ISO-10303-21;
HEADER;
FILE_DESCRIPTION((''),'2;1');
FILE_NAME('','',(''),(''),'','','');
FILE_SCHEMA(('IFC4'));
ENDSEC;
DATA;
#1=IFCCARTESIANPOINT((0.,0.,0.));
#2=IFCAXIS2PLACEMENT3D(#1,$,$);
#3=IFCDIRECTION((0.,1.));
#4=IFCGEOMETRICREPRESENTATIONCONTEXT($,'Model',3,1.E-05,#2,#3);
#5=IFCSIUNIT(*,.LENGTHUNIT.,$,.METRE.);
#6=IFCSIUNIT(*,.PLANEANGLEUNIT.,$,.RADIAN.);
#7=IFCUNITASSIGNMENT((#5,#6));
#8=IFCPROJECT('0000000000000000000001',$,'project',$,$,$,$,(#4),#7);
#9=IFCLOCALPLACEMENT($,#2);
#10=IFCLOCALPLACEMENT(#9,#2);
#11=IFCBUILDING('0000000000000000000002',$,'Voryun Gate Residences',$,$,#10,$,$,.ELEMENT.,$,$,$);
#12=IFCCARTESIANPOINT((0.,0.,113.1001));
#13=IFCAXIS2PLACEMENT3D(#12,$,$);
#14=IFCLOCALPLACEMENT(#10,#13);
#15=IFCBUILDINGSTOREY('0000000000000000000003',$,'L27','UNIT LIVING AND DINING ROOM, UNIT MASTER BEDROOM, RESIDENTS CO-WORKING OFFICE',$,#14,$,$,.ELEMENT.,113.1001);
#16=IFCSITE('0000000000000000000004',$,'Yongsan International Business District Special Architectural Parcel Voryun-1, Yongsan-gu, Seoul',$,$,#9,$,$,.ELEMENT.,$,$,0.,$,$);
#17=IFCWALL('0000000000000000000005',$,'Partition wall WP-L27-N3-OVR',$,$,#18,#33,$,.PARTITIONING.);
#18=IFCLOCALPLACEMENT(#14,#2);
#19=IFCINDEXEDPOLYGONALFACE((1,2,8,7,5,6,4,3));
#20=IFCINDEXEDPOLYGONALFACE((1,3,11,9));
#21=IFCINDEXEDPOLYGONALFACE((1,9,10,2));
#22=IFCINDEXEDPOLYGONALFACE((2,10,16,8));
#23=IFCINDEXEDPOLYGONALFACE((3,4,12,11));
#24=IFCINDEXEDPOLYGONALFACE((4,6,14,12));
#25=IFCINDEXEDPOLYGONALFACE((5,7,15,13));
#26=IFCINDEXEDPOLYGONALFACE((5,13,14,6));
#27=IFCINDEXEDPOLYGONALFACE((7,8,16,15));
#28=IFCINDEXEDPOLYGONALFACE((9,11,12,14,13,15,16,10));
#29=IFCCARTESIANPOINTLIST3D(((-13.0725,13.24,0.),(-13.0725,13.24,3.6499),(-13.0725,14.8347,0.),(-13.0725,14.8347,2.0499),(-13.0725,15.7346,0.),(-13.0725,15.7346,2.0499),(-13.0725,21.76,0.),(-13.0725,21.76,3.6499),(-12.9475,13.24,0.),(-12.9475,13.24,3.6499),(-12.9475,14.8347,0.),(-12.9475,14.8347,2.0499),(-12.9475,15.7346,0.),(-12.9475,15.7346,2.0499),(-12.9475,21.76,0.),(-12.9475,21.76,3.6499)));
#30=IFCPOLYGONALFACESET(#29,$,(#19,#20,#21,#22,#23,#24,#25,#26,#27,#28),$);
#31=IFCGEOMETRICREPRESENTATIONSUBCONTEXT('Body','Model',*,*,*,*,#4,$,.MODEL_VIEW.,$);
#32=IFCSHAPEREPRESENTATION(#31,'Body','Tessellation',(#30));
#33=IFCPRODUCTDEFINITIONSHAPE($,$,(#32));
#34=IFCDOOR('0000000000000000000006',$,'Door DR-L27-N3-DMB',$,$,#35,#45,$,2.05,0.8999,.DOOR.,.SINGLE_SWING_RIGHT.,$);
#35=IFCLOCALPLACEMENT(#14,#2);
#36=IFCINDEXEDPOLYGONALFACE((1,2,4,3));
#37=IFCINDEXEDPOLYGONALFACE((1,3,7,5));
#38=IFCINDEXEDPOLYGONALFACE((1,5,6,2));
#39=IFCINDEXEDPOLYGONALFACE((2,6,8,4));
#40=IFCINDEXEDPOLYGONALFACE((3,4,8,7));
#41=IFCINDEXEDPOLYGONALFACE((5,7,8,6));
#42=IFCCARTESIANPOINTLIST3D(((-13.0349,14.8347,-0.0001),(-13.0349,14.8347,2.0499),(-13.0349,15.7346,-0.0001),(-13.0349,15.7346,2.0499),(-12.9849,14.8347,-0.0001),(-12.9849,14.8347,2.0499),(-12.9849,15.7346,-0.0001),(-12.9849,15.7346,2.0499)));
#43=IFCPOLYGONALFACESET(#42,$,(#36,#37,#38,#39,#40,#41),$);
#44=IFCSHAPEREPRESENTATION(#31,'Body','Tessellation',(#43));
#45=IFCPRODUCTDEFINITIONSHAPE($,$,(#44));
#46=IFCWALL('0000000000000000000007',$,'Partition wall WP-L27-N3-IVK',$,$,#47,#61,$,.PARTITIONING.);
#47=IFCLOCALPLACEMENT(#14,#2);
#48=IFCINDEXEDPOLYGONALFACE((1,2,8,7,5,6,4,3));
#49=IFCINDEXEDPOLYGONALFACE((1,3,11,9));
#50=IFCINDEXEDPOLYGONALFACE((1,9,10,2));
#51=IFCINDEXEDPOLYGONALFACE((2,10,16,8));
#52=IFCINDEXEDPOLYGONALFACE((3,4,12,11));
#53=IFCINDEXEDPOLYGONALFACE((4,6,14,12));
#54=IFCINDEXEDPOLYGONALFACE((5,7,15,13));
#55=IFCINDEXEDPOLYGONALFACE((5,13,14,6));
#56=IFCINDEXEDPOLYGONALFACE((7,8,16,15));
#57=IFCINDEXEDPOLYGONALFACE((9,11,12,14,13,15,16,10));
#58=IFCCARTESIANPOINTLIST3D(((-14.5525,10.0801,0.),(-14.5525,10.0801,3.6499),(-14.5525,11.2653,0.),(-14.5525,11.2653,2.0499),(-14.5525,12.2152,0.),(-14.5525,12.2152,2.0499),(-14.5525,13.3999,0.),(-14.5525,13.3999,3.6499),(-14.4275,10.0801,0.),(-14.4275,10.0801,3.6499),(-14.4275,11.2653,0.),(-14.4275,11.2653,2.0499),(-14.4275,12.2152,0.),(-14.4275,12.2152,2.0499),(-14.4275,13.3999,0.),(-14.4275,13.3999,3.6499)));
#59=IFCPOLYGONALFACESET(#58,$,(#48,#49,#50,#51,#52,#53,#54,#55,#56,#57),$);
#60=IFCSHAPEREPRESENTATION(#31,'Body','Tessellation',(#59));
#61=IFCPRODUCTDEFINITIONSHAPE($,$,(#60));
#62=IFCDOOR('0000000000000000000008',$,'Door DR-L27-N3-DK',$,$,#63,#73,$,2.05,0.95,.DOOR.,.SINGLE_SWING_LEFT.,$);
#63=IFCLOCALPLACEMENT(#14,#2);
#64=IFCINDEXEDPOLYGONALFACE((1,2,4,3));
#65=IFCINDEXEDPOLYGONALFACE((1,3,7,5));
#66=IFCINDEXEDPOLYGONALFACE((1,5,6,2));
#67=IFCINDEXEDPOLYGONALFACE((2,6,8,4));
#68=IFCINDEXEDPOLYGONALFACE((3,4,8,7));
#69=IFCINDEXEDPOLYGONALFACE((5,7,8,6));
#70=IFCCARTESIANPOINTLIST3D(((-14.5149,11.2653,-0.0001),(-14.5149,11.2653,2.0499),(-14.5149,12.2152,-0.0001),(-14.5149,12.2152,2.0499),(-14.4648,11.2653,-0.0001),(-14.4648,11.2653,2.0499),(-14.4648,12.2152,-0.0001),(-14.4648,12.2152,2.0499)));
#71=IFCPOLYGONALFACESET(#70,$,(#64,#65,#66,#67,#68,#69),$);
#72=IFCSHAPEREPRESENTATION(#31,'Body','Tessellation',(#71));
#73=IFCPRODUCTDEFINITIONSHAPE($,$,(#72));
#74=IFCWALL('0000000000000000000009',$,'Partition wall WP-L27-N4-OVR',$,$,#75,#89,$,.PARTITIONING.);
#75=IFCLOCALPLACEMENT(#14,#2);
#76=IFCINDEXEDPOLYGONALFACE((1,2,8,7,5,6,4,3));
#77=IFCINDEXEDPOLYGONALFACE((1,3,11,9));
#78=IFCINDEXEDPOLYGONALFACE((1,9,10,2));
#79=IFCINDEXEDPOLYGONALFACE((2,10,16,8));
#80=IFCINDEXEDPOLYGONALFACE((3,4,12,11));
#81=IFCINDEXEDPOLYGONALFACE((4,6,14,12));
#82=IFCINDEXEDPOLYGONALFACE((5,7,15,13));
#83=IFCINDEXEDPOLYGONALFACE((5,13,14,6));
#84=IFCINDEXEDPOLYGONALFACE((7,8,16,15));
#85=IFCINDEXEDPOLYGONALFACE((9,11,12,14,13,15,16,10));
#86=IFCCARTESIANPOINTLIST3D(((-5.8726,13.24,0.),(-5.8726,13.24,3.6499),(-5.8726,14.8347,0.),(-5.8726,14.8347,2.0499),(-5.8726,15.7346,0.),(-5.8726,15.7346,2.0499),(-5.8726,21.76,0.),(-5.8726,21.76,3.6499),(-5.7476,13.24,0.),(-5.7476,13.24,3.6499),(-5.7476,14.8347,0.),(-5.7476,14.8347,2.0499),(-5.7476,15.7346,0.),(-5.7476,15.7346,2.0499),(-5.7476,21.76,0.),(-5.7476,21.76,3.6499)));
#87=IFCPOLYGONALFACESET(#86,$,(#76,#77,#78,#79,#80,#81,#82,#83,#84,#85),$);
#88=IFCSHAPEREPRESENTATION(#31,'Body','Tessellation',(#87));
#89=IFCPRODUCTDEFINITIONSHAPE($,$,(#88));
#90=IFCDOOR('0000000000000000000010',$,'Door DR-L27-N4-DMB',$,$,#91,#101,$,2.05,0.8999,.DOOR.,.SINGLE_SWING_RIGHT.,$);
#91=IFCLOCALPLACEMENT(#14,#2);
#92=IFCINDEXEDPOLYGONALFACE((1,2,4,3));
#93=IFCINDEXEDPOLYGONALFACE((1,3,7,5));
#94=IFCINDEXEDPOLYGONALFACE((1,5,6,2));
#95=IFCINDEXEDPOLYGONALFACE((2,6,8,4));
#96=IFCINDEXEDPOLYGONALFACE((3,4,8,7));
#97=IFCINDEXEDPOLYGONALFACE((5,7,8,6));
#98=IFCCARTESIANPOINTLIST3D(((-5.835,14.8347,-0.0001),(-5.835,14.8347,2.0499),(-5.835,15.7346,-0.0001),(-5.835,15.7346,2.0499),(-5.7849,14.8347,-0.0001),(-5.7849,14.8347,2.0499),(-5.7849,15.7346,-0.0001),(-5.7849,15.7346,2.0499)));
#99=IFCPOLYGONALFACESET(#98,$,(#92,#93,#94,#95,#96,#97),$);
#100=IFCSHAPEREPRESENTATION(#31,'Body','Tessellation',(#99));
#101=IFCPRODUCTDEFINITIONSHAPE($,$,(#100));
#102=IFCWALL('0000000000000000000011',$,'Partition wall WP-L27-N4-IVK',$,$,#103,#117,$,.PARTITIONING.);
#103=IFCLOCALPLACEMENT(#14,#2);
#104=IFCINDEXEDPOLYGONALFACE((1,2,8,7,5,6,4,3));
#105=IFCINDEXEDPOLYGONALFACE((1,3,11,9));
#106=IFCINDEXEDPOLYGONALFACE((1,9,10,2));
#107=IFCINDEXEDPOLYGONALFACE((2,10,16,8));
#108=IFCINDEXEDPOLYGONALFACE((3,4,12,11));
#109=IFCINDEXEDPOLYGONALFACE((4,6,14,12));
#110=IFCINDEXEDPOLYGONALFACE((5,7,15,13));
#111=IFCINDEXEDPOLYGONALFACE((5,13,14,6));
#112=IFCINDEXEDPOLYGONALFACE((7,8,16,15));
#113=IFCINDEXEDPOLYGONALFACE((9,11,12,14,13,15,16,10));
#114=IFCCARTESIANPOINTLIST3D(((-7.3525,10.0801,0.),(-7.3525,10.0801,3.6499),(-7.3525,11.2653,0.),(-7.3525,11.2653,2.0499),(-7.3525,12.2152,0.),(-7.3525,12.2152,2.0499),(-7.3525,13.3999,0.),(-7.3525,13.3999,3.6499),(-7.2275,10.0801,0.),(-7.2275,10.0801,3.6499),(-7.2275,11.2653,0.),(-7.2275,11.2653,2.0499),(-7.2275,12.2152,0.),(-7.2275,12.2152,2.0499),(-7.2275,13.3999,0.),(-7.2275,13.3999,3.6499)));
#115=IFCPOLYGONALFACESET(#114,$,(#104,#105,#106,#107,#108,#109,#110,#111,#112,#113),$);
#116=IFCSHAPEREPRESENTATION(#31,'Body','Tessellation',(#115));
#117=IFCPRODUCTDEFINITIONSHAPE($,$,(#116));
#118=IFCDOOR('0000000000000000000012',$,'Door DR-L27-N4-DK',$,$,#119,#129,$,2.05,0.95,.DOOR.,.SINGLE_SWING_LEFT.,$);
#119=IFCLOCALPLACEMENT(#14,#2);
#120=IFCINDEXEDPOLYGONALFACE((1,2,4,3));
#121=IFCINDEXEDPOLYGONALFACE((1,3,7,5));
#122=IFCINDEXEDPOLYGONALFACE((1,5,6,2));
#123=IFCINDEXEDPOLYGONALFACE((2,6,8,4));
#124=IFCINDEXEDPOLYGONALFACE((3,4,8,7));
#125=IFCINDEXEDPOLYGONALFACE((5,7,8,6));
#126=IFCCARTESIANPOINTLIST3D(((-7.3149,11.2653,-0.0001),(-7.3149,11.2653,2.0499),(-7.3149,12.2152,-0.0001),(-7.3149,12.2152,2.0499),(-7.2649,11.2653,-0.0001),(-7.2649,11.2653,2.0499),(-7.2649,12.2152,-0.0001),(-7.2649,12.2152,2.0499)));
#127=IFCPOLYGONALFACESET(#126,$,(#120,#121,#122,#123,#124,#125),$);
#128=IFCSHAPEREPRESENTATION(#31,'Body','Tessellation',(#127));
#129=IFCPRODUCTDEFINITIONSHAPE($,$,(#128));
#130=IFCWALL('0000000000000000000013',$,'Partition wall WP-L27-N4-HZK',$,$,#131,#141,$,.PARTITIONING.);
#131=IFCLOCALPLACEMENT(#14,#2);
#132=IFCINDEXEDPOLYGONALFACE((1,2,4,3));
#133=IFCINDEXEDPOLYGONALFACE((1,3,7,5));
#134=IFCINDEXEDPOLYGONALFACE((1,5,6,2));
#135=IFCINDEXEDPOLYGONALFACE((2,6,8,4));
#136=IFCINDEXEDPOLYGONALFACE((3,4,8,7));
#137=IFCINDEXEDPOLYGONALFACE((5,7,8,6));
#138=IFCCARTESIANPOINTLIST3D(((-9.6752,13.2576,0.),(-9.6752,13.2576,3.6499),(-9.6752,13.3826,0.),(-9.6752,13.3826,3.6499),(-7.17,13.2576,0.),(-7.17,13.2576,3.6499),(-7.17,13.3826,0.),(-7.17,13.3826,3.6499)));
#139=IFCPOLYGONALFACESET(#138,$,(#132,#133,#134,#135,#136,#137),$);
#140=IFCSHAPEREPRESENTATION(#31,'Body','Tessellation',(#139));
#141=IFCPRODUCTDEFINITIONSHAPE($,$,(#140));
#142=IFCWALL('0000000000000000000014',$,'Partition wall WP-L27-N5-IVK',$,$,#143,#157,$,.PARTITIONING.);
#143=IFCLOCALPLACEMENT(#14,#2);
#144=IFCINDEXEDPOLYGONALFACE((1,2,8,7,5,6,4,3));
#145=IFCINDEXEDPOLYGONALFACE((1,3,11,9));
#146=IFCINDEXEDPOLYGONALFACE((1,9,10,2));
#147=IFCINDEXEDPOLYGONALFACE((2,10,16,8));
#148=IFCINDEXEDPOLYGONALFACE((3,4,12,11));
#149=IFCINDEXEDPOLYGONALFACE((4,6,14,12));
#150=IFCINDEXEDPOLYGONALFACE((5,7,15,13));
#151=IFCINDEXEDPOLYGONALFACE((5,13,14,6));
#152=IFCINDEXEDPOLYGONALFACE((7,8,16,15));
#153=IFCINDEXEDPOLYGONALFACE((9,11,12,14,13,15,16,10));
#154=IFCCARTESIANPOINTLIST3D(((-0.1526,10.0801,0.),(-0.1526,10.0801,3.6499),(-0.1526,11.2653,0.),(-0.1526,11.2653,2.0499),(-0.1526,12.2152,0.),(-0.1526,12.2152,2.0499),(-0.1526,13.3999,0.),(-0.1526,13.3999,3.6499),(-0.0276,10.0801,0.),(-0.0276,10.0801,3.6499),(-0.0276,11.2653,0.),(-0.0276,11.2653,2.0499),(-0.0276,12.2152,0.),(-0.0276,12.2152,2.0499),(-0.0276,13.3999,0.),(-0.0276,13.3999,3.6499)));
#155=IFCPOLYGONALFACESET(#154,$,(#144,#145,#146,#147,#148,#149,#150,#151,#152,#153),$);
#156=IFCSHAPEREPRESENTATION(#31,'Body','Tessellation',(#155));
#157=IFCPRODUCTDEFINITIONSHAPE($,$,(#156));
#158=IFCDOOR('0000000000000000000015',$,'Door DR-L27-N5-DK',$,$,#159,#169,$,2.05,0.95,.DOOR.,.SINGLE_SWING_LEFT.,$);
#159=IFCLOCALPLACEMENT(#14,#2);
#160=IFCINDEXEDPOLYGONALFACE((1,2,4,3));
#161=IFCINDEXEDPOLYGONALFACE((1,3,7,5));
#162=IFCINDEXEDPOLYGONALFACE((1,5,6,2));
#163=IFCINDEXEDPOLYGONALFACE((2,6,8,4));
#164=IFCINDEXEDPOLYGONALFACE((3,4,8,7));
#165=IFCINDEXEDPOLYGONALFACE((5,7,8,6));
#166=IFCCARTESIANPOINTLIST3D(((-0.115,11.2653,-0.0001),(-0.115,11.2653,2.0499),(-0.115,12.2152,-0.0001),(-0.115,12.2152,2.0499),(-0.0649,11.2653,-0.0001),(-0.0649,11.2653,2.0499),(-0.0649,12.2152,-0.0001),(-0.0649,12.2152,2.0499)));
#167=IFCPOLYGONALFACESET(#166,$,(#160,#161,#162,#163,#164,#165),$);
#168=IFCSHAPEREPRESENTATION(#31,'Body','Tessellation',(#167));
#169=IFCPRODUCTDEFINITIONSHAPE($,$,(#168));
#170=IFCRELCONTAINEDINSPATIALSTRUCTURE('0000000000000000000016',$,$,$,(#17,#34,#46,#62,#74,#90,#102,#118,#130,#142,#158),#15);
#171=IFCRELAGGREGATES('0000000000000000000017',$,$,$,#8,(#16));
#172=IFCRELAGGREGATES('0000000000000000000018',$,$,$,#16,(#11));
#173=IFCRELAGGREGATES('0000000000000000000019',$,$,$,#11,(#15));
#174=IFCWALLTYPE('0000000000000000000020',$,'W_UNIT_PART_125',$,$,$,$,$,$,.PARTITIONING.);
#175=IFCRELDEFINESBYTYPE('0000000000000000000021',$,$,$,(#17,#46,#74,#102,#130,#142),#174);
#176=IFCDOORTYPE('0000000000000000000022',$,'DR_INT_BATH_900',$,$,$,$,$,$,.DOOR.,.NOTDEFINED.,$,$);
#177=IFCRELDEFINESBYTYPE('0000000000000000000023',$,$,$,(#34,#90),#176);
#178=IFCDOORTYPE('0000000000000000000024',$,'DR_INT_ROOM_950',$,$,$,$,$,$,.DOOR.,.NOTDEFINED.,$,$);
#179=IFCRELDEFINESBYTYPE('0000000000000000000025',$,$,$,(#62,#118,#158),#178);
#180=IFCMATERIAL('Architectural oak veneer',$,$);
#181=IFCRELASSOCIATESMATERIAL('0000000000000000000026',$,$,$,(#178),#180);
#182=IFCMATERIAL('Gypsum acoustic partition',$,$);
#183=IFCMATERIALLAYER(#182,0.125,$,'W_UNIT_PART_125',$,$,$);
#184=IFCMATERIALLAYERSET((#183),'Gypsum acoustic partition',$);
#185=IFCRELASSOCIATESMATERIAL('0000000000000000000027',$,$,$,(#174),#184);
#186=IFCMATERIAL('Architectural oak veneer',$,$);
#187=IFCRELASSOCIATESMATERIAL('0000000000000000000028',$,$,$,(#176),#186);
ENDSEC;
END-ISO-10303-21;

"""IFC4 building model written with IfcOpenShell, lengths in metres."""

from ifc_helpers import new_model, si_unit, direction, frame, frame_2d, origin, place, context, subcontext, project, spatial, rectangle, extrude, material, layer, layer_set, type_object, element, fill, save


model = new_model("IFC4")

# Units and contexts
model_context = context("Model", 3, precision=1e-05, world=origin(), true_north=direction((0.0, 1.0)))
body_context = subcontext(model_context, "Body", "Model", "MODEL_VIEW")
ifc_project = project(units=[si_unit("LENGTHUNIT", "METRE"), si_unit("PLANEANGLEUNIT", "RADIAN")], contexts=[model_context])

# Site, building, storey
site_placement = place(None, origin())
site = spatial("IfcSite", under=ifc_project, at=site_placement, Name="Yongsan International Business District Special Architectural Parcel Voryun-1, Yongsan-gu, Seoul", CompositionType="ELEMENT", RefElevation=0.0)
building_placement = place(site_placement, origin())
building = spatial("IfcBuilding", under=site, at=building_placement, Name="Voryun Gate Residences", CompositionType="ELEMENT")
storey_placement = place(building_placement, frame((0.0, 0.0, 113.1001)))
storey = spatial("IfcBuildingStorey", under=building, at=storey_placement, Name="L27", Description="UNIT LIVING AND DINING ROOM, UNIT MASTER BEDROOM, RESIDENTS CO-WORKING OFFICE", CompositionType="ELEMENT", Elevation=113.1001)

# Shared definitions
ifc_material_1 = material(Name="Architectural oak veneer")
door_type_1 = type_object("IfcDoorType", Name="DR_INT_ROOM_950", OperationType="NOTDEFINED", PredefinedType="DOOR", material=ifc_material_1)

# Walls, openings, doors
ifc_material_2 = material(Name="Gypsum acoustic partition")
ifc_layer_1 = layer(ifc_material_2, 0.125, Name="W_UNIT_PART_125")
ifc_layer_set_1 = layer_set([ifc_layer_1], Name="Gypsum acoustic partition")
wall_type_1 = type_object("IfcWallType", Name="W_UNIT_PART_125", PredefinedType="PARTITIONING", material=ifc_layer_set_1)
wall_1_placement = place(storey_placement, frame((-13.01, 13.24, 0.0), z_axis=(0.0, 0.0, 1.0), x_axis=(0.0, 1.0, 0.0)))
wall_1 = element("IfcWall", 1, at=wall_1_placement, inside=storey, type_object=wall_type_1, Name="Partition wall WP-L27-N3-OVR", PredefinedType="PARTITIONING", context=body_context, shape_type="SweptSolid", body=[
    extrude(rectangle(XDim=8.52, YDim=0.125, at=frame_2d((4.26, 0.0))), origin(), (0.0, 0.0, 1.0), 3.6499),
])
opening_1_placement = place(wall_1_placement, frame((1.5947, 0.0, 0.0)))
opening_1 = element("IfcOpeningElement", 2, at=opening_1_placement, cuts=wall_1, PredefinedType="OPENING", context=body_context, shape_type="SweptSolid", body=[
    extrude(rectangle(XDim=0.8999, YDim=2.05, at=frame_2d((0.45, 1.0249))), frame((0.0, 0.0725, 0.0), z_axis=(0.0, -1.0, 0.0), x_axis=(1.0, 0.0, 0.0)), (0.0, 0.0, 1.0), 0.145),
])
ifc_material_3 = material(Name="Architectural oak veneer")
door_type_2 = type_object("IfcDoorType", Name="DR_INT_BATH_900", OperationType="NOTDEFINED", PredefinedType="DOOR", material=ifc_material_3)
door_1_placement = place(opening_1_placement, origin())
door_1 = element("IfcDoor", 3, at=door_1_placement, inside=storey, type_object=door_type_2, Name="Door DR-L27-N3-DMB", OperationType="SINGLE_SWING_RIGHT", OverallHeight=2.05, OverallWidth=0.8999, PredefinedType="DOOR", context=body_context, shape_type="SweptSolid", body=[
    extrude(rectangle(XDim=0.8999, YDim=2.05, at=frame_2d((0.45, 1.0249))), frame((0.0, 0.0249, 0.0), z_axis=(0.0, -1.0, 0.0), x_axis=(1.0, 0.0, 0.0)), (0.0, 0.0, 1.0), 0.05),
])
fill(opening_1, door_1)
wall_2_placement = place(storey_placement, frame((-14.49, 10.0801, 0.0), z_axis=(0.0, 0.0, 1.0), x_axis=(0.0, 1.0, 0.0)))
wall_2 = element("IfcWall", 4, at=wall_2_placement, inside=storey, type_object=wall_type_1, Name="Partition wall WP-L27-N3-IVK", PredefinedType="PARTITIONING", context=body_context, shape_type="SweptSolid", body=[
    extrude(rectangle(XDim=3.3198, YDim=0.125, at=frame_2d((1.6599, 0.0))), origin(), (0.0, 0.0, 1.0), 3.6499),
])
opening_2_placement = place(wall_2_placement, frame((1.1851, 0.0, 0.0)))
opening_2 = element("IfcOpeningElement", 5, at=opening_2_placement, cuts=wall_2, PredefinedType="OPENING", context=body_context, shape_type="SweptSolid", body=[
    extrude(rectangle(XDim=0.95, YDim=2.05, at=frame_2d((0.4751, 1.0249))), frame((0.0, 0.0725, 0.0), z_axis=(0.0, -1.0, 0.0), x_axis=(1.0, 0.0, 0.0)), (0.0, 0.0, 1.0), 0.145),
])
door_2_placement = place(opening_2_placement, origin())
door_2 = element("IfcDoor", 6, at=door_2_placement, inside=storey, type_object=door_type_1, Name="Door DR-L27-N3-DK", OperationType="SINGLE_SWING_LEFT", OverallHeight=2.05, OverallWidth=0.95, PredefinedType="DOOR", context=body_context, shape_type="SweptSolid", body=[
    extrude(rectangle(XDim=0.95, YDim=2.05, at=frame_2d((0.4751, 1.0249))), frame((0.0, 0.0249, 0.0), z_axis=(0.0, -1.0, 0.0), x_axis=(1.0, 0.0, 0.0)), (0.0, 0.0, 1.0), 0.05),
])
fill(opening_2, door_2)
wall_3_placement = place(storey_placement, frame((-5.8101, 13.24, 0.0), z_axis=(0.0, 0.0, 1.0), x_axis=(0.0, 1.0, 0.0)))
wall_3 = element("IfcWall", 7, at=wall_3_placement, inside=storey, type_object=wall_type_1, Name="Partition wall WP-L27-N4-OVR", PredefinedType="PARTITIONING", context=body_context, shape_type="SweptSolid", body=[
    extrude(rectangle(XDim=8.52, YDim=0.125, at=frame_2d((4.26, 0.0))), origin(), (0.0, 0.0, 1.0), 3.6499),
])
opening_3_placement = place(wall_3_placement, frame((1.5947, 0.0, 0.0)))
opening_3 = element("IfcOpeningElement", 8, at=opening_3_placement, cuts=wall_3, PredefinedType="OPENING", context=body_context, shape_type="SweptSolid", body=[
    extrude(rectangle(XDim=0.8999, YDim=2.05, at=frame_2d((0.45, 1.0249))), frame((0.0, 0.0725, 0.0), z_axis=(0.0, -1.0, 0.0), x_axis=(1.0, 0.0, 0.0)), (0.0, 0.0, 1.0), 0.145),
])
door_3_placement = place(opening_3_placement, origin())
door_3 = element("IfcDoor", 9, at=door_3_placement, inside=storey, type_object=door_type_2, Name="Door DR-L27-N4-DMB", OperationType="SINGLE_SWING_RIGHT", OverallHeight=2.05, OverallWidth=0.8999, PredefinedType="DOOR", context=body_context, shape_type="SweptSolid", body=[
    extrude(rectangle(XDim=0.8999, YDim=2.05, at=frame_2d((0.45, 1.0249))), frame((0.0, 0.0249, 0.0), z_axis=(0.0, -1.0, 0.0), x_axis=(1.0, 0.0, 0.0)), (0.0, 0.0, 1.0), 0.05),
])
fill(opening_3, door_3)
wall_4_placement = place(storey_placement, frame((-7.29, 10.0801, 0.0), z_axis=(0.0, 0.0, 1.0), x_axis=(0.0, 1.0, 0.0)))
wall_4 = element("IfcWall", 10, at=wall_4_placement, inside=storey, type_object=wall_type_1, Name="Partition wall WP-L27-N4-IVK", PredefinedType="PARTITIONING", context=body_context, shape_type="SweptSolid", body=[
    extrude(rectangle(XDim=3.3198, YDim=0.125, at=frame_2d((1.6599, 0.0))), origin(), (0.0, 0.0, 1.0), 3.6499),
])
opening_4_placement = place(wall_4_placement, frame((1.1851, 0.0, 0.0)))
opening_4 = element("IfcOpeningElement", 11, at=opening_4_placement, cuts=wall_4, PredefinedType="OPENING", context=body_context, shape_type="SweptSolid", body=[
    extrude(rectangle(XDim=0.95, YDim=2.05, at=frame_2d((0.4751, 1.0249))), frame((0.0, 0.0725, 0.0), z_axis=(0.0, -1.0, 0.0), x_axis=(1.0, 0.0, 0.0)), (0.0, 0.0, 1.0), 0.145),
])
door_4_placement = place(opening_4_placement, origin())
door_4 = element("IfcDoor", 12, at=door_4_placement, inside=storey, type_object=door_type_1, Name="Door DR-L27-N4-DK", OperationType="SINGLE_SWING_LEFT", OverallHeight=2.05, OverallWidth=0.95, PredefinedType="DOOR", context=body_context, shape_type="SweptSolid", body=[
    extrude(rectangle(XDim=0.95, YDim=2.05, at=frame_2d((0.4751, 1.0249))), frame((0.0, 0.0249, 0.0), z_axis=(0.0, -1.0, 0.0), x_axis=(1.0, 0.0, 0.0)), (0.0, 0.0, 1.0), 0.05),
])
fill(opening_4, door_4)

# Wall
wall_5_placement = place(storey_placement, frame((-9.675, 13.3201, 0.0), z_axis=(0.0, 0.0, 1.0), x_axis=(1.0, 0.0, 0.0)))
element("IfcWall", 13, at=wall_5_placement, inside=storey, type_object=wall_type_1, Name="Partition wall WP-L27-N4-HZK", PredefinedType="PARTITIONING", context=body_context, shape_type="SweptSolid", body=[
    extrude(rectangle(XDim=2.5051, YDim=0.125, at=frame_2d((1.2524, 0.0))), origin(), (0.0, 0.0, 1.0), 3.6499),
])

# Wall, opening, door
wall_6_placement = place(storey_placement, frame((-0.0901, 10.0801, 0.0), z_axis=(0.0, 0.0, 1.0), x_axis=(0.0, 1.0, 0.0)))
wall_6 = element("IfcWall", 14, at=wall_6_placement, inside=storey, type_object=wall_type_1, Name="Partition wall WP-L27-N5-IVK", PredefinedType="PARTITIONING", context=body_context, shape_type="SweptSolid", body=[
    extrude(rectangle(XDim=3.3198, YDim=0.125, at=frame_2d((1.6599, 0.0))), origin(), (0.0, 0.0, 1.0), 3.6499),
])
opening_5_placement = place(wall_6_placement, frame((1.1851, 0.0, 0.0)))
opening_5 = element("IfcOpeningElement", 15, at=opening_5_placement, cuts=wall_6, PredefinedType="OPENING", context=body_context, shape_type="SweptSolid", body=[
    extrude(rectangle(XDim=0.95, YDim=2.05, at=frame_2d((0.4751, 1.0249))), frame((0.0, 0.0725, 0.0), z_axis=(0.0, -1.0, 0.0), x_axis=(1.0, 0.0, 0.0)), (0.0, 0.0, 1.0), 0.145),
])
door_5_placement = place(opening_5_placement, origin())
door_5 = element("IfcDoor", 16, at=door_5_placement, inside=storey, type_object=door_type_1, Name="Door DR-L27-N5-DK", OperationType="SINGLE_SWING_LEFT", OverallHeight=2.05, OverallWidth=0.95, PredefinedType="DOOR", context=body_context, shape_type="SweptSolid", body=[
    extrude(rectangle(XDim=0.95, YDim=2.05, at=frame_2d((0.4751, 1.0249))), frame((0.0, 0.0249, 0.0), z_axis=(0.0, -1.0, 0.0), x_axis=(1.0, 0.0, 0.0)), (0.0, 0.0, 1.0), 0.05),
])
fill(opening_5, door_5)

save(model, "model.ifc")
